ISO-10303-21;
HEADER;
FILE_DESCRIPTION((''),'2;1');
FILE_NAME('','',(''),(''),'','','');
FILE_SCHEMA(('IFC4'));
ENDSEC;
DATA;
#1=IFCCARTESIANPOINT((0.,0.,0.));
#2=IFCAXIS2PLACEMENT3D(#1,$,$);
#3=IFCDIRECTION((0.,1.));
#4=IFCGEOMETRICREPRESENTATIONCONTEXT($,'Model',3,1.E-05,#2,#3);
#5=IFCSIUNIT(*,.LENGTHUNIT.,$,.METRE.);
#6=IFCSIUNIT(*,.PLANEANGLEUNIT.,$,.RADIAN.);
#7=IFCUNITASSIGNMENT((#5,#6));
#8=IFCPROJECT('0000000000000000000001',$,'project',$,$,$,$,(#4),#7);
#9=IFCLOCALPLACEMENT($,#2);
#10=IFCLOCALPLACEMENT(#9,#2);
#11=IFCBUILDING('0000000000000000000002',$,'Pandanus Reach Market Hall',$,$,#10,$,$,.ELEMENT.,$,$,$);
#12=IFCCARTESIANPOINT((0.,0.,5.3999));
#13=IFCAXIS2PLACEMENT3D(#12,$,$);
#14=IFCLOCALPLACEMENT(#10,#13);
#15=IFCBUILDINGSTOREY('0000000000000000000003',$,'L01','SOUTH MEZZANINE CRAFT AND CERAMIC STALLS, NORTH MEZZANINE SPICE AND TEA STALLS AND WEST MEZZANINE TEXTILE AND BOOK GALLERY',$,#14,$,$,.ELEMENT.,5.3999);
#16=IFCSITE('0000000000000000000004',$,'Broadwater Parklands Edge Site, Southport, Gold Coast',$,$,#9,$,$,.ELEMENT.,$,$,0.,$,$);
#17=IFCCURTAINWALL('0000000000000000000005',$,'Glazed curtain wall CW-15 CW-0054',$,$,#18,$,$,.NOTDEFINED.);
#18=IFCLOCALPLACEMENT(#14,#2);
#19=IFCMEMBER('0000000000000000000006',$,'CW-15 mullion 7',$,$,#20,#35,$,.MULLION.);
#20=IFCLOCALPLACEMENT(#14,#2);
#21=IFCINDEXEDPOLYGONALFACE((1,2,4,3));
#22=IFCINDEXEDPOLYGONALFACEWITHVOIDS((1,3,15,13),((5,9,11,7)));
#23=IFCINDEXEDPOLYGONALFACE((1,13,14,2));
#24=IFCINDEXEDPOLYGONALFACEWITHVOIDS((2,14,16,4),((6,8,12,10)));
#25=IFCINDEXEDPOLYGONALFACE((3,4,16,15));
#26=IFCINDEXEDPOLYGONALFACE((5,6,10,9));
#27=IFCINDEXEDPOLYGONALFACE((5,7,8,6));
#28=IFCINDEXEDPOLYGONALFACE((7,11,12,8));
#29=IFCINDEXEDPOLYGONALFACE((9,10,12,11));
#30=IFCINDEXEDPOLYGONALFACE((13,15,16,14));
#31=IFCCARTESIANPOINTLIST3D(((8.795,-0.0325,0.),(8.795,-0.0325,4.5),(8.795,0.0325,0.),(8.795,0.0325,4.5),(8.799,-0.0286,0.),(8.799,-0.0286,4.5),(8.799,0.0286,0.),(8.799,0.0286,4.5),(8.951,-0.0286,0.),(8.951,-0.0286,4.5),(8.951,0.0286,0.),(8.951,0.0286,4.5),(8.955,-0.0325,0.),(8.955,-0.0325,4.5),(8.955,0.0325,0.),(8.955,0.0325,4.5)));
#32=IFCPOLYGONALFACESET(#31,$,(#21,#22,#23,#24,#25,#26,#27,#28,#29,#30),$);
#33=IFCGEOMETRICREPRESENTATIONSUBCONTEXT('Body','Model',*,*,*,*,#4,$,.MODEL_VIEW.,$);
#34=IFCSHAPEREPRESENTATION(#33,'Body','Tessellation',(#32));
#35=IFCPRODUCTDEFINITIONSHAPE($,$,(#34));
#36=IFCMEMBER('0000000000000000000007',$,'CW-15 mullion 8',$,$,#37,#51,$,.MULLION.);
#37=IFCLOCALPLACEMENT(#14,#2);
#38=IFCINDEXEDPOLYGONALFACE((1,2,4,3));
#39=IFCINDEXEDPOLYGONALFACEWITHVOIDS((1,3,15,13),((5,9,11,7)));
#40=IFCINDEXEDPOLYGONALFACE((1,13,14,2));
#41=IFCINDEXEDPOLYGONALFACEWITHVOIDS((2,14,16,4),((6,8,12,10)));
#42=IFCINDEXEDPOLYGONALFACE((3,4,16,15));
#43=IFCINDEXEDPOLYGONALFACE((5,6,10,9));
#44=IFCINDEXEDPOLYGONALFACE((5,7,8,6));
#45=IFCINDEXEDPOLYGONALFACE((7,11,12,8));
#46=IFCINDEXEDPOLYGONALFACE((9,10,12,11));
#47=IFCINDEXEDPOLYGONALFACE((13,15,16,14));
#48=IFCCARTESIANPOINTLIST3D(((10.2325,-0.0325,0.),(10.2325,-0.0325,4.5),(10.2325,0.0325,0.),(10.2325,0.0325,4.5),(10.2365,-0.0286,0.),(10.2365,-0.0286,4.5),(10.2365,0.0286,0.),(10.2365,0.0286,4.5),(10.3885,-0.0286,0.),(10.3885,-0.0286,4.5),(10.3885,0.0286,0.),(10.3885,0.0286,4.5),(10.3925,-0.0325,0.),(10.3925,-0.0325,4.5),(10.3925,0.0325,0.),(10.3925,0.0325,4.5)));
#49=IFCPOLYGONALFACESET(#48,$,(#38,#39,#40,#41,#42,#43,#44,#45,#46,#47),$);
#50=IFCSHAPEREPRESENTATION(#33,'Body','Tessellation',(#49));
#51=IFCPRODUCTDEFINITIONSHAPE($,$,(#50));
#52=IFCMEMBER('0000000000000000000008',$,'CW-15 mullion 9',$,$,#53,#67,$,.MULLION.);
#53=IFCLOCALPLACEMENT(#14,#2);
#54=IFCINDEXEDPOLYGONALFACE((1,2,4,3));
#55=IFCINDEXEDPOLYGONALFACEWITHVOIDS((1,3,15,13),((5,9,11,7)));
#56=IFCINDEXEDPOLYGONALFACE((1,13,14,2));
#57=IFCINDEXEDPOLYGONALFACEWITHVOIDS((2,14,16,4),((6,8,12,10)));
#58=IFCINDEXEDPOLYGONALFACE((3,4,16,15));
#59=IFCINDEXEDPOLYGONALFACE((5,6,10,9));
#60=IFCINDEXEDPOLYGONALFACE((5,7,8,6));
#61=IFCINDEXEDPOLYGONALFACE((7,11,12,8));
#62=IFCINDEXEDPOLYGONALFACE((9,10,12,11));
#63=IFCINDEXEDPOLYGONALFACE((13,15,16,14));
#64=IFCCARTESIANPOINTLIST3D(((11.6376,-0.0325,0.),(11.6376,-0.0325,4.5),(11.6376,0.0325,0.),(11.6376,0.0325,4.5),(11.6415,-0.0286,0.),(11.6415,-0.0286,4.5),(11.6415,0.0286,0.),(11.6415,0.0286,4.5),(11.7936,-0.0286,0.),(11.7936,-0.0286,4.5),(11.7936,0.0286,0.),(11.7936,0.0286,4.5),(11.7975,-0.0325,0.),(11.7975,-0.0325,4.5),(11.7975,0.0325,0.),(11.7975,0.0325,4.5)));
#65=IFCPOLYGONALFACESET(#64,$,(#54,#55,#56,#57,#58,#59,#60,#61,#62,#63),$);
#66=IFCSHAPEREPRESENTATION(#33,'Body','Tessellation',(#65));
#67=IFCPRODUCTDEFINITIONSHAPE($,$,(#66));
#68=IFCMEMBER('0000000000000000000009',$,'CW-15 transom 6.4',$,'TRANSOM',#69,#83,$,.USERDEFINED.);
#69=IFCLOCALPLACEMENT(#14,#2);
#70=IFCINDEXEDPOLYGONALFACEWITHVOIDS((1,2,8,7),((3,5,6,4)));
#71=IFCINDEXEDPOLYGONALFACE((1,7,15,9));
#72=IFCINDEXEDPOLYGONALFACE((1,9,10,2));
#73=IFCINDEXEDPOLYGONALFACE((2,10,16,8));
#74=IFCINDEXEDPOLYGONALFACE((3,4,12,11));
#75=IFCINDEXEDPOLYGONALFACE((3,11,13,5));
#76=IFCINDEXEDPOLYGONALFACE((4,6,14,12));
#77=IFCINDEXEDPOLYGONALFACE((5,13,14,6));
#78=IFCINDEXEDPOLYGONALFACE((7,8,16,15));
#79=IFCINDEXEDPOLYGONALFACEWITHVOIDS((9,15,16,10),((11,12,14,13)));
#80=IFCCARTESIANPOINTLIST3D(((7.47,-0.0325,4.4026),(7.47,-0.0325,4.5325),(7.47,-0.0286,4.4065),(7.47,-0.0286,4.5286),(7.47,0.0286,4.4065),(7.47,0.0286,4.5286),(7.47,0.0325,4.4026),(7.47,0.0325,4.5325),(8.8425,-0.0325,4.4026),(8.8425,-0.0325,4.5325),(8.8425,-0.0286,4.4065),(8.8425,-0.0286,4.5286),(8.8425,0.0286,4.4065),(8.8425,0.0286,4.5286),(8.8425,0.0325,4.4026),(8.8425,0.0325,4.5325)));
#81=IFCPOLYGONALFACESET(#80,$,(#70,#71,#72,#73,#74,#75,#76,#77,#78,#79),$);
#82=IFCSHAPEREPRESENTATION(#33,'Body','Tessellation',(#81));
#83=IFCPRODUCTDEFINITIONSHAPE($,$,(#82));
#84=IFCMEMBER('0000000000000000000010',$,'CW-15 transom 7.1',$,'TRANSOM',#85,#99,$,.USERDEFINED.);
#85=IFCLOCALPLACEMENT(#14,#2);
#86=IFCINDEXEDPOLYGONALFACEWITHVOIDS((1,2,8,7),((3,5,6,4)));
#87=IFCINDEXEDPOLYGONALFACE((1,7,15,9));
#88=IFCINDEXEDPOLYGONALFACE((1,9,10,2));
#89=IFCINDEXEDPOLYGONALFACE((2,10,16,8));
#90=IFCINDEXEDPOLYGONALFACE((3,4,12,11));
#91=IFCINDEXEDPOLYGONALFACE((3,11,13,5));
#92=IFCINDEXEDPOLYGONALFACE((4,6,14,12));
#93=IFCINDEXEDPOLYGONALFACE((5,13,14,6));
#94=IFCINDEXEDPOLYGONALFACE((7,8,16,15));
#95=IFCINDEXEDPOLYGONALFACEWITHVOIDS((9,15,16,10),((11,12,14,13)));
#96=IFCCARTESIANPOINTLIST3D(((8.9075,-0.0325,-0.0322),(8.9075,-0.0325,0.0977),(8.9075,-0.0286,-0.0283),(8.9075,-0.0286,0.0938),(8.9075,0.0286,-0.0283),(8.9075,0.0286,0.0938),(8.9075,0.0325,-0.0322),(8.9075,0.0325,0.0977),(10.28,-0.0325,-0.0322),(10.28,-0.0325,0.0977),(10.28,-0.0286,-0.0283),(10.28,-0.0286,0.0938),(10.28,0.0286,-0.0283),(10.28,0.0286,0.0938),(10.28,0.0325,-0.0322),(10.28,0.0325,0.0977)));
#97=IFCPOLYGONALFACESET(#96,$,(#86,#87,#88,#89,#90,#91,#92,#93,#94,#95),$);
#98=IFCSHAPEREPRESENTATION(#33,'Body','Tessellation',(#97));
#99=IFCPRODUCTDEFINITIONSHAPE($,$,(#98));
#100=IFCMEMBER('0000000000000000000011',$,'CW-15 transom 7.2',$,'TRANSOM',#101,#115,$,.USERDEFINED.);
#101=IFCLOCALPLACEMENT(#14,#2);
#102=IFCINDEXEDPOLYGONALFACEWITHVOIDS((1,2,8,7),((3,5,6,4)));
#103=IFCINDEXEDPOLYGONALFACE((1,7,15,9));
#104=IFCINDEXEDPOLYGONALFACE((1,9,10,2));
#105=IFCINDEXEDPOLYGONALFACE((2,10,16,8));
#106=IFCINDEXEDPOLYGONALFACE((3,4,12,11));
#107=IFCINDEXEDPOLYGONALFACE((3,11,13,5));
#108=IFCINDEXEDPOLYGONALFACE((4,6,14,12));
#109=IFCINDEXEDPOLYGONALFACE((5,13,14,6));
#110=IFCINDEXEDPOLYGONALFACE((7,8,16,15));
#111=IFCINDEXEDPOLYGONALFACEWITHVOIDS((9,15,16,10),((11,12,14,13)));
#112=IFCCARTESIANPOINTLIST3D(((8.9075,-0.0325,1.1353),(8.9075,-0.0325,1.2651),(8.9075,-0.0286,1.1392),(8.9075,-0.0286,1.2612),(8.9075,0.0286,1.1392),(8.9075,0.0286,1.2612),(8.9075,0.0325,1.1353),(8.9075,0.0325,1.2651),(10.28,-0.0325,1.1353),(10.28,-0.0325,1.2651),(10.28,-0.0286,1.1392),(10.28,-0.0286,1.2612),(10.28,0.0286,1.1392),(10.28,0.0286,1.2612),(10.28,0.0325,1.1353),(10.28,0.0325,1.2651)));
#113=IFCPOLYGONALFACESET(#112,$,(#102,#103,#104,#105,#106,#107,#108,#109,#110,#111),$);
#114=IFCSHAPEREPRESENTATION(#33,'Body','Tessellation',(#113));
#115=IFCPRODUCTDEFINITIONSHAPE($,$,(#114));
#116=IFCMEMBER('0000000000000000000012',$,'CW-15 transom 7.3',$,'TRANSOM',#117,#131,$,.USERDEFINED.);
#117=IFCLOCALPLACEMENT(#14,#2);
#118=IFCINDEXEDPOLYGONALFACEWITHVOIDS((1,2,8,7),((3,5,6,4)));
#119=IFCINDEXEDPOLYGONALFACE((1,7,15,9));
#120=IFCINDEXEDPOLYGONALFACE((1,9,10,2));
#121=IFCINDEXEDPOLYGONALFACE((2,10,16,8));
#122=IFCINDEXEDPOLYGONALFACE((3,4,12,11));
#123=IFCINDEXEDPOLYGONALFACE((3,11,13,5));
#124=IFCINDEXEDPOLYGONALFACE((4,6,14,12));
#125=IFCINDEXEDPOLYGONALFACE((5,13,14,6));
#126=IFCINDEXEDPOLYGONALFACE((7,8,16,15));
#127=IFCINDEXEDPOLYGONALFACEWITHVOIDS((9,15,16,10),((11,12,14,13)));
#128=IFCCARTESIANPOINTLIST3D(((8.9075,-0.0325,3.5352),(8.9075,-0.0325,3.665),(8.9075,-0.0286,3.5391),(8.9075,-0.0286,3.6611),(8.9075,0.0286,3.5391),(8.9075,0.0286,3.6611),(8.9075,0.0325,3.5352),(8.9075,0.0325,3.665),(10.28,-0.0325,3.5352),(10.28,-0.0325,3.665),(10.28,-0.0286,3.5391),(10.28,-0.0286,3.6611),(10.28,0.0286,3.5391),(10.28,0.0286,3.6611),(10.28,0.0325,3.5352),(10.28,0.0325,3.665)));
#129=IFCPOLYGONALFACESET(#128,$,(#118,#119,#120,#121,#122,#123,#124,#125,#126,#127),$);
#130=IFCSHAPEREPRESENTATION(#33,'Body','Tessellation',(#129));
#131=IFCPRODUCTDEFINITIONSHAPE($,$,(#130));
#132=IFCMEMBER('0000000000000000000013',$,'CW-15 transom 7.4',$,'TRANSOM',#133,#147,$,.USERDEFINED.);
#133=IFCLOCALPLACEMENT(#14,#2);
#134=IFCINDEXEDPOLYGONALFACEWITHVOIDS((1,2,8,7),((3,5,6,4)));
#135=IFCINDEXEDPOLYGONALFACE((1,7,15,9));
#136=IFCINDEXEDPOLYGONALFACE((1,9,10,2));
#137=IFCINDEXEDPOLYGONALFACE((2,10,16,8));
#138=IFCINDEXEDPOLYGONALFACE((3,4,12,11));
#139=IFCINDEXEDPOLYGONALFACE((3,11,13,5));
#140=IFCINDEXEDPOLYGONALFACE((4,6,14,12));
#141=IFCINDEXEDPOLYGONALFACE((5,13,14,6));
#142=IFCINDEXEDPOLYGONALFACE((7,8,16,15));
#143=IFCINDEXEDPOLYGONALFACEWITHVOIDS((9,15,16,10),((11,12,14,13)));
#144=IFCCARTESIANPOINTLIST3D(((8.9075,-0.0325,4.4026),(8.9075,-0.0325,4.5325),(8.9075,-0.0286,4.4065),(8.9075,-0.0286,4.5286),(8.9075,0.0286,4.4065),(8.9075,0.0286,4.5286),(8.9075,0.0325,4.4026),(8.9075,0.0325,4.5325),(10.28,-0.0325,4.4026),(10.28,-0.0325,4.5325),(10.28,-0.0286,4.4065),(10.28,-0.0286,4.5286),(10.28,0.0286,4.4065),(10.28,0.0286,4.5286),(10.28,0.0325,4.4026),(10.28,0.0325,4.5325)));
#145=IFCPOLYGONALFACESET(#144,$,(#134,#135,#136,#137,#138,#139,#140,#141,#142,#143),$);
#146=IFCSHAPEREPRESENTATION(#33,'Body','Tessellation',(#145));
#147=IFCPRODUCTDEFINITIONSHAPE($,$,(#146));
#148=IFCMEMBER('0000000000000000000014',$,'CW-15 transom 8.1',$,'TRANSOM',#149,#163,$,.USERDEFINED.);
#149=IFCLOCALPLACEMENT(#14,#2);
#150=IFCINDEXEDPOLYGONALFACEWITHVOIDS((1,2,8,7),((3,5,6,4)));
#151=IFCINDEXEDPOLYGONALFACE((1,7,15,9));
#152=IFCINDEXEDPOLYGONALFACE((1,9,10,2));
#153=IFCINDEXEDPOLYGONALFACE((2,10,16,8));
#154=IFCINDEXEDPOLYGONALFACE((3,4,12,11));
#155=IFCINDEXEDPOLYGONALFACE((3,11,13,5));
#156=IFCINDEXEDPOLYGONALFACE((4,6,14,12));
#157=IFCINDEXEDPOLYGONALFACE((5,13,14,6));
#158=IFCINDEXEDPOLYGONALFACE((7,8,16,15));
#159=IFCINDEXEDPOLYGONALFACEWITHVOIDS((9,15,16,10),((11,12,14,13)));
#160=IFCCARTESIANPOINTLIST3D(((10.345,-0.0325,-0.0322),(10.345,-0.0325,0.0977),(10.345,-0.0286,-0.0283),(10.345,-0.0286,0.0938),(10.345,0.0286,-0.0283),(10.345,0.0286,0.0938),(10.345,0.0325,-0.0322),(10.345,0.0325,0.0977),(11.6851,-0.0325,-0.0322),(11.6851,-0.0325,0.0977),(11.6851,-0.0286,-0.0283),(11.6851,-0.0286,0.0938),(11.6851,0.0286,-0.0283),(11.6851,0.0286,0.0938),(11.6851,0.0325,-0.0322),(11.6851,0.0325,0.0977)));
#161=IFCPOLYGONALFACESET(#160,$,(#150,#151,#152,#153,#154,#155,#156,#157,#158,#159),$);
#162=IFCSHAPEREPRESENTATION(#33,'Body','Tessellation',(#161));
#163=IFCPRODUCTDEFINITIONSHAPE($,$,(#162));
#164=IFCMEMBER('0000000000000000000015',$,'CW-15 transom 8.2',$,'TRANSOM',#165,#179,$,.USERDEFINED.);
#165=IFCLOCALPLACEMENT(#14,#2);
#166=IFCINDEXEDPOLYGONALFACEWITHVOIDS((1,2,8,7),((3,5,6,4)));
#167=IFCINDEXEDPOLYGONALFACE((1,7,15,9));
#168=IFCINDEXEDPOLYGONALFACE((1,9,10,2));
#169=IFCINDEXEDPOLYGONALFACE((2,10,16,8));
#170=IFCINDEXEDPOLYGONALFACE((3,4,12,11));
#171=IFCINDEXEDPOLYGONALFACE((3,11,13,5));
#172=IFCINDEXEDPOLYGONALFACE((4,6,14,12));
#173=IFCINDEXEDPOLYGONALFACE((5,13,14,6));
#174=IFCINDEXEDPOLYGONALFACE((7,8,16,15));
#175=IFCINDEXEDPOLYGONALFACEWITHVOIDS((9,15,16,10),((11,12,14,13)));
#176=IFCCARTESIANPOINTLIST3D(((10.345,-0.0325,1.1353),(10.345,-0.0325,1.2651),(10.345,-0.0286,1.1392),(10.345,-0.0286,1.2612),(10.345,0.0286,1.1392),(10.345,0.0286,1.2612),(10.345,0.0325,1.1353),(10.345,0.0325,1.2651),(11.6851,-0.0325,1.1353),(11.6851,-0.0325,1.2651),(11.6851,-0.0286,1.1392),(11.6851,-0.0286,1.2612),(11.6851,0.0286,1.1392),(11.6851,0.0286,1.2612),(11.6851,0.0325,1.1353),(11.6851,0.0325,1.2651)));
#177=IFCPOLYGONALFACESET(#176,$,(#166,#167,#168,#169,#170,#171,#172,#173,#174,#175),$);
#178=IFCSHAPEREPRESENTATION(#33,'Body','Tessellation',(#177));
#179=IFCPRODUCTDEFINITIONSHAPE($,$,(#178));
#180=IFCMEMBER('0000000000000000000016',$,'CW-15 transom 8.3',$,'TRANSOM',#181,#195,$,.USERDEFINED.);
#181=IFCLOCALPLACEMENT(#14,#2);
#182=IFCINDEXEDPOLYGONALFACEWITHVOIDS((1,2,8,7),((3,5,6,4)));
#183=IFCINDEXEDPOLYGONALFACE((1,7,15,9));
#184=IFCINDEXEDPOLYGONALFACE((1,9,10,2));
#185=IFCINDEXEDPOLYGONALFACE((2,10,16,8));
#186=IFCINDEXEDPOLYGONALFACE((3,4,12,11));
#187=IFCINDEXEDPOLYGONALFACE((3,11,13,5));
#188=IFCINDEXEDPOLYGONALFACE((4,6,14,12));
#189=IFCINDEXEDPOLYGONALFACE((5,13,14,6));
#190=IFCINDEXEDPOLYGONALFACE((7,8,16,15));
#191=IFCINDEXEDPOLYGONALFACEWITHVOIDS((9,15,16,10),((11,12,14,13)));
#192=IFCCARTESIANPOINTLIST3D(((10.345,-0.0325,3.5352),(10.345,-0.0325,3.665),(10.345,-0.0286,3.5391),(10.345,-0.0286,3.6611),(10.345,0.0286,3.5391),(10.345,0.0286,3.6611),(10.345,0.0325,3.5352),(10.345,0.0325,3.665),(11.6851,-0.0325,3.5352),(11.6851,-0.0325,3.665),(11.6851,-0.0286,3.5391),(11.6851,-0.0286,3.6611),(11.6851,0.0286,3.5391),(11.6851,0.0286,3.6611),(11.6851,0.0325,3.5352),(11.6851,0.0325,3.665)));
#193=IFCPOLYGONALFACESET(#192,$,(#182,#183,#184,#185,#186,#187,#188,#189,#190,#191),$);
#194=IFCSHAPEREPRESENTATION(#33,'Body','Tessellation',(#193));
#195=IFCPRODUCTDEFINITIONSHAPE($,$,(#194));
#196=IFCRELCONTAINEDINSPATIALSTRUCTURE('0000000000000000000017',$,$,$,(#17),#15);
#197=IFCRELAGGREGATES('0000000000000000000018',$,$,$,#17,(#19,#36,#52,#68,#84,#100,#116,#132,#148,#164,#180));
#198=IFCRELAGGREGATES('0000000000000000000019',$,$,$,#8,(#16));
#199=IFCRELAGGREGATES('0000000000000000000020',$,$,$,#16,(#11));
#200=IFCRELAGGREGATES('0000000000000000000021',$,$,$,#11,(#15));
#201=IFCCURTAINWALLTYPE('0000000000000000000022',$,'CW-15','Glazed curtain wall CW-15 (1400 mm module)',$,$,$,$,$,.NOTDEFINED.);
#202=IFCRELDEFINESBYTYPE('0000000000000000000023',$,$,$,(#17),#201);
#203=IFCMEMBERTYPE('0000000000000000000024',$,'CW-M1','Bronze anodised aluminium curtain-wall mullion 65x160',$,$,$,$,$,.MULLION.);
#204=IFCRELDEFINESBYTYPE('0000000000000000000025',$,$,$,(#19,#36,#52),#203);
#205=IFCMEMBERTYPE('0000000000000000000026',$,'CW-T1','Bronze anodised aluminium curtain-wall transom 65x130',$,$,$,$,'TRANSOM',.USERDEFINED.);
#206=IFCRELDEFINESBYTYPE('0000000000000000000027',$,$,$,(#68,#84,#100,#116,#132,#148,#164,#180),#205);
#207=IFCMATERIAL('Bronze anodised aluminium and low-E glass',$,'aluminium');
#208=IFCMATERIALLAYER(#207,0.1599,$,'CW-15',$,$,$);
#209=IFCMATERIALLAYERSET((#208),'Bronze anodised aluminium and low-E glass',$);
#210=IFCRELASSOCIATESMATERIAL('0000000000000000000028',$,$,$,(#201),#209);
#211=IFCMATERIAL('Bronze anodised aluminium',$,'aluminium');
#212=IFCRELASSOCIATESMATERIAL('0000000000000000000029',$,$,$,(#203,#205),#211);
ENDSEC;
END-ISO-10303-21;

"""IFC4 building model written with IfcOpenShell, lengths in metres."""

from ifc_helpers import new_model, si_unit, direction, frame, origin, origin_2d, place, context, subcontext, project, spatial, hollow_rectangle, extrude, material, layer, layer_set, material_profile, profile_set, type_object, element, aggregate, save


model = new_model("IFC4")

# Units and contexts
model_context = context("Model", 3, precision=1e-05, world=origin(), true_north=direction((0.0, 1.0)))
body_context = subcontext(model_context, "Body", "Model", "MODEL_VIEW")
ifc_project = project(units=[si_unit("LENGTHUNIT", "METRE"), si_unit("PLANEANGLEUNIT", "RADIAN")], contexts=[model_context])

# Site, building, storey
site_placement = place(None, origin())
site = spatial("IfcSite", under=ifc_project, at=site_placement, Name="Broadwater Parklands Edge Site, Southport, Gold Coast", CompositionType="ELEMENT", RefElevation=0.0)
building_placement = place(site_placement, origin())
building = spatial("IfcBuilding", under=site, at=building_placement, Name="Pandanus Reach Market Hall", CompositionType="ELEMENT")
storey_placement = place(building_placement, frame((0.0, 0.0, 5.3999)))
storey = spatial("IfcBuildingStorey", under=building, at=storey_placement, Name="L01", Description="SOUTH MEZZANINE CRAFT AND CERAMIC STALLS, NORTH MEZZANINE SPICE AND TEA STALLS AND WEST MEZZANINE TEXTILE AND BOOK GALLERY", CompositionType="ELEMENT", Elevation=5.3999)

# Curtain wall, members
ifc_material_1 = material(Name="Bronze anodised aluminium and low-E glass", Category="aluminium")
ifc_layer_1 = layer(ifc_material_1, 0.1599, Name="CW-15")
ifc_layer_set_1 = layer_set([ifc_layer_1], Name="Bronze anodised aluminium and low-E glass")
curtain_wall_type = type_object("IfcCurtainWallType", Name="CW-15", Description="Glazed curtain wall CW-15 (1400 mm module)", PredefinedType="NOTDEFINED", material=ifc_layer_set_1)
curtain_wall_placement = place(storey_placement, origin())
curtain_wall = element("IfcCurtainWall", 1, at=curtain_wall_placement, inside=storey, type_object=curtain_wall_type, Name="Glazed curtain wall CW-15 CW-0054", PredefinedType="NOTDEFINED")
ifc_material_2 = material(Name="Bronze anodised aluminium", Category="aluminium")
ifc_material_profile_1 = material_profile(ifc_material_2, hollow_rectangle(XDim=0.0649, YDim=0.1599, WallThickness=0.0039, at=origin_2d()), Name="ALU65x160", Category="LoadBearing")
ifc_profile_set_1 = profile_set([ifc_material_profile_1], Name="Bronze anodised aluminium")
member_type_1 = type_object("IfcMemberType", Name="CW-M1", Description="Bronze anodised aluminium curtain-wall mullion 65x160", PredefinedType="MULLION", material=ifc_profile_set_1)
member_1_placement = place(storey_placement, frame((8.875, 0.0, 0.0), z_axis=(0.0, 0.0, 1.0), x_axis=(0.0, 1.0, 0.0)))
member_1 = element("IfcMember", 2, at=member_1_placement, type_object=member_type_1, Name="CW-15 mullion 7", PredefinedType="MULLION", context=body_context, shape_type="SweptSolid", body=[
    extrude(hollow_rectangle(XDim=0.0649, YDim=0.1599, WallThickness=0.0039, at=origin_2d()), origin(), (0.0, 0.0, 1.0), 4.5),
])
member_2_placement = place(storey_placement, frame((10.3125, 0.0, 0.0), z_axis=(0.0, 0.0, 1.0), x_axis=(0.0, 1.0, 0.0)))
member_2 = element("IfcMember", 3, at=member_2_placement, type_object=member_type_1, Name="CW-15 mullion 8", PredefinedType="MULLION", context=body_context, shape_type="SweptSolid", body=[
    extrude(hollow_rectangle(XDim=0.0649, YDim=0.1599, WallThickness=0.0039, at=origin_2d()), origin(), (0.0, 0.0, 1.0), 4.5),
])
member_3_placement = place(storey_placement, frame((11.7175, 0.0, 0.0), z_axis=(0.0, 0.0, 1.0), x_axis=(0.0, 1.0, 0.0)))
member_3 = element("IfcMember", 4, at=member_3_placement, type_object=member_type_1, Name="CW-15 mullion 9", PredefinedType="MULLION", context=body_context, shape_type="SweptSolid", body=[
    extrude(hollow_rectangle(XDim=0.0649, YDim=0.1599, WallThickness=0.0039, at=origin_2d()), origin(), (0.0, 0.0, 1.0), 4.5),
])
ifc_material_profile_2 = material_profile(ifc_material_2, hollow_rectangle(XDim=0.0649, YDim=0.1299, WallThickness=0.0039, at=origin_2d()), Name="ALU65x130", Category="LoadBearing")
ifc_profile_set_2 = profile_set([ifc_material_profile_2], Name="Bronze anodised aluminium")
member_type_2 = type_object("IfcMemberType", Name="CW-T1", Description="Bronze anodised aluminium curtain-wall transom 65x130", ElementType="TRANSOM", PredefinedType="USERDEFINED", material=ifc_profile_set_2)
member_4_placement = place(storey_placement, frame((7.47, 0.0, 4.4675), z_axis=(1.0, 0.0, 0.0), x_axis=(0.0, 1.0, 0.0)))
member_4 = element("IfcMember", 5, at=member_4_placement, type_object=member_type_2, Name="CW-15 transom 6.4", ObjectType="TRANSOM", PredefinedType="USERDEFINED", context=body_context, shape_type="SweptSolid", body=[
    extrude(hollow_rectangle(XDim=0.0649, YDim=0.1299, WallThickness=0.0039, at=origin_2d()), origin(), (0.0, 0.0, 1.0), 1.3726),
])
member_5_placement = place(storey_placement, frame((8.9075, 0.0, 0.0327), z_axis=(1.0, 0.0, 0.0), x_axis=(0.0, 1.0, 0.0)))
member_5 = element("IfcMember", 6, at=member_5_placement, type_object=member_type_2, Name="CW-15 transom 7.1", ObjectType="TRANSOM", PredefinedType="USERDEFINED", context=body_context, shape_type="SweptSolid", body=[
    extrude(hollow_rectangle(XDim=0.0649, YDim=0.1299, WallThickness=0.0039, at=origin_2d()), origin(), (0.0, 0.0, 1.0), 1.3726),
])
member_6_placement = place(storey_placement, frame((8.9075, 0.0, 1.2002), z_axis=(1.0, 0.0, 0.0), x_axis=(0.0, 1.0, 0.0)))
member_6 = element("IfcMember", 7, at=member_6_placement, type_object=member_type_2, Name="CW-15 transom 7.2", ObjectType="TRANSOM", PredefinedType="USERDEFINED", context=body_context, shape_type="SweptSolid", body=[
    extrude(hollow_rectangle(XDim=0.0649, YDim=0.1299, WallThickness=0.0039, at=origin_2d()), origin(), (0.0, 0.0, 1.0), 1.3726),
])
member_7_placement = place(storey_placement, frame((8.9075, 0.0, 3.6001), z_axis=(1.0, 0.0, 0.0), x_axis=(0.0, 1.0, 0.0)))
member_7 = element("IfcMember", 8, at=member_7_placement, type_object=member_type_2, Name="CW-15 transom 7.3", ObjectType="TRANSOM", PredefinedType="USERDEFINED", context=body_context, shape_type="SweptSolid", body=[
    extrude(hollow_rectangle(XDim=0.0649, YDim=0.1299, WallThickness=0.0039, at=origin_2d()), origin(), (0.0, 0.0, 1.0), 1.3726),
])
member_8_placement = place(storey_placement, frame((8.9075, 0.0, 4.4675), z_axis=(1.0, 0.0, 0.0), x_axis=(0.0, 1.0, 0.0)))
member_8 = element("IfcMember", 9, at=member_8_placement, type_object=member_type_2, Name="CW-15 transom 7.4", ObjectType="TRANSOM", PredefinedType="USERDEFINED", context=body_context, shape_type="SweptSolid", body=[
    extrude(hollow_rectangle(XDim=0.0649, YDim=0.1299, WallThickness=0.0039, at=origin_2d()), origin(), (0.0, 0.0, 1.0), 1.3726),
])
member_9_placement = place(storey_placement, frame((10.345, 0.0, 0.0327), z_axis=(1.0, 0.0, 0.0), x_axis=(0.0, 1.0, 0.0)))
member_9 = element("IfcMember", 10, at=member_9_placement, type_object=member_type_2, Name="CW-15 transom 8.1", ObjectType="TRANSOM", PredefinedType="USERDEFINED", context=body_context, shape_type="SweptSolid", body=[
    extrude(hollow_rectangle(XDim=0.0649, YDim=0.1299, WallThickness=0.0039, at=origin_2d()), origin(), (0.0, 0.0, 1.0), 1.3401),
])
member_10_placement = place(storey_placement, frame((10.345, 0.0, 1.2002), z_axis=(1.0, 0.0, 0.0), x_axis=(0.0, 1.0, 0.0)))
member_10 = element("IfcMember", 11, at=member_10_placement, type_object=member_type_2, Name="CW-15 transom 8.2", ObjectType="TRANSOM", PredefinedType="USERDEFINED", context=body_context, shape_type="SweptSolid", body=[
    extrude(hollow_rectangle(XDim=0.0649, YDim=0.1299, WallThickness=0.0039, at=origin_2d()), origin(), (0.0, 0.0, 1.0), 1.3401),
])
member_11_placement = place(storey_placement, frame((10.345, 0.0, 3.6001), z_axis=(1.0, 0.0, 0.0), x_axis=(0.0, 1.0, 0.0)))
member_11 = element("IfcMember", 12, at=member_11_placement, type_object=member_type_2, Name="CW-15 transom 8.3", ObjectType="TRANSOM", PredefinedType="USERDEFINED", context=body_context, shape_type="SweptSolid", body=[
    extrude(hollow_rectangle(XDim=0.0649, YDim=0.1299, WallThickness=0.0039, at=origin_2d()), origin(), (0.0, 0.0, 1.0), 1.3401),
])
aggregate(curtain_wall, [member_1, member_2, member_3, member_4, member_5, member_6, member_7, member_8, member_9, member_10, member_11])

save(model, "model.ifc")
